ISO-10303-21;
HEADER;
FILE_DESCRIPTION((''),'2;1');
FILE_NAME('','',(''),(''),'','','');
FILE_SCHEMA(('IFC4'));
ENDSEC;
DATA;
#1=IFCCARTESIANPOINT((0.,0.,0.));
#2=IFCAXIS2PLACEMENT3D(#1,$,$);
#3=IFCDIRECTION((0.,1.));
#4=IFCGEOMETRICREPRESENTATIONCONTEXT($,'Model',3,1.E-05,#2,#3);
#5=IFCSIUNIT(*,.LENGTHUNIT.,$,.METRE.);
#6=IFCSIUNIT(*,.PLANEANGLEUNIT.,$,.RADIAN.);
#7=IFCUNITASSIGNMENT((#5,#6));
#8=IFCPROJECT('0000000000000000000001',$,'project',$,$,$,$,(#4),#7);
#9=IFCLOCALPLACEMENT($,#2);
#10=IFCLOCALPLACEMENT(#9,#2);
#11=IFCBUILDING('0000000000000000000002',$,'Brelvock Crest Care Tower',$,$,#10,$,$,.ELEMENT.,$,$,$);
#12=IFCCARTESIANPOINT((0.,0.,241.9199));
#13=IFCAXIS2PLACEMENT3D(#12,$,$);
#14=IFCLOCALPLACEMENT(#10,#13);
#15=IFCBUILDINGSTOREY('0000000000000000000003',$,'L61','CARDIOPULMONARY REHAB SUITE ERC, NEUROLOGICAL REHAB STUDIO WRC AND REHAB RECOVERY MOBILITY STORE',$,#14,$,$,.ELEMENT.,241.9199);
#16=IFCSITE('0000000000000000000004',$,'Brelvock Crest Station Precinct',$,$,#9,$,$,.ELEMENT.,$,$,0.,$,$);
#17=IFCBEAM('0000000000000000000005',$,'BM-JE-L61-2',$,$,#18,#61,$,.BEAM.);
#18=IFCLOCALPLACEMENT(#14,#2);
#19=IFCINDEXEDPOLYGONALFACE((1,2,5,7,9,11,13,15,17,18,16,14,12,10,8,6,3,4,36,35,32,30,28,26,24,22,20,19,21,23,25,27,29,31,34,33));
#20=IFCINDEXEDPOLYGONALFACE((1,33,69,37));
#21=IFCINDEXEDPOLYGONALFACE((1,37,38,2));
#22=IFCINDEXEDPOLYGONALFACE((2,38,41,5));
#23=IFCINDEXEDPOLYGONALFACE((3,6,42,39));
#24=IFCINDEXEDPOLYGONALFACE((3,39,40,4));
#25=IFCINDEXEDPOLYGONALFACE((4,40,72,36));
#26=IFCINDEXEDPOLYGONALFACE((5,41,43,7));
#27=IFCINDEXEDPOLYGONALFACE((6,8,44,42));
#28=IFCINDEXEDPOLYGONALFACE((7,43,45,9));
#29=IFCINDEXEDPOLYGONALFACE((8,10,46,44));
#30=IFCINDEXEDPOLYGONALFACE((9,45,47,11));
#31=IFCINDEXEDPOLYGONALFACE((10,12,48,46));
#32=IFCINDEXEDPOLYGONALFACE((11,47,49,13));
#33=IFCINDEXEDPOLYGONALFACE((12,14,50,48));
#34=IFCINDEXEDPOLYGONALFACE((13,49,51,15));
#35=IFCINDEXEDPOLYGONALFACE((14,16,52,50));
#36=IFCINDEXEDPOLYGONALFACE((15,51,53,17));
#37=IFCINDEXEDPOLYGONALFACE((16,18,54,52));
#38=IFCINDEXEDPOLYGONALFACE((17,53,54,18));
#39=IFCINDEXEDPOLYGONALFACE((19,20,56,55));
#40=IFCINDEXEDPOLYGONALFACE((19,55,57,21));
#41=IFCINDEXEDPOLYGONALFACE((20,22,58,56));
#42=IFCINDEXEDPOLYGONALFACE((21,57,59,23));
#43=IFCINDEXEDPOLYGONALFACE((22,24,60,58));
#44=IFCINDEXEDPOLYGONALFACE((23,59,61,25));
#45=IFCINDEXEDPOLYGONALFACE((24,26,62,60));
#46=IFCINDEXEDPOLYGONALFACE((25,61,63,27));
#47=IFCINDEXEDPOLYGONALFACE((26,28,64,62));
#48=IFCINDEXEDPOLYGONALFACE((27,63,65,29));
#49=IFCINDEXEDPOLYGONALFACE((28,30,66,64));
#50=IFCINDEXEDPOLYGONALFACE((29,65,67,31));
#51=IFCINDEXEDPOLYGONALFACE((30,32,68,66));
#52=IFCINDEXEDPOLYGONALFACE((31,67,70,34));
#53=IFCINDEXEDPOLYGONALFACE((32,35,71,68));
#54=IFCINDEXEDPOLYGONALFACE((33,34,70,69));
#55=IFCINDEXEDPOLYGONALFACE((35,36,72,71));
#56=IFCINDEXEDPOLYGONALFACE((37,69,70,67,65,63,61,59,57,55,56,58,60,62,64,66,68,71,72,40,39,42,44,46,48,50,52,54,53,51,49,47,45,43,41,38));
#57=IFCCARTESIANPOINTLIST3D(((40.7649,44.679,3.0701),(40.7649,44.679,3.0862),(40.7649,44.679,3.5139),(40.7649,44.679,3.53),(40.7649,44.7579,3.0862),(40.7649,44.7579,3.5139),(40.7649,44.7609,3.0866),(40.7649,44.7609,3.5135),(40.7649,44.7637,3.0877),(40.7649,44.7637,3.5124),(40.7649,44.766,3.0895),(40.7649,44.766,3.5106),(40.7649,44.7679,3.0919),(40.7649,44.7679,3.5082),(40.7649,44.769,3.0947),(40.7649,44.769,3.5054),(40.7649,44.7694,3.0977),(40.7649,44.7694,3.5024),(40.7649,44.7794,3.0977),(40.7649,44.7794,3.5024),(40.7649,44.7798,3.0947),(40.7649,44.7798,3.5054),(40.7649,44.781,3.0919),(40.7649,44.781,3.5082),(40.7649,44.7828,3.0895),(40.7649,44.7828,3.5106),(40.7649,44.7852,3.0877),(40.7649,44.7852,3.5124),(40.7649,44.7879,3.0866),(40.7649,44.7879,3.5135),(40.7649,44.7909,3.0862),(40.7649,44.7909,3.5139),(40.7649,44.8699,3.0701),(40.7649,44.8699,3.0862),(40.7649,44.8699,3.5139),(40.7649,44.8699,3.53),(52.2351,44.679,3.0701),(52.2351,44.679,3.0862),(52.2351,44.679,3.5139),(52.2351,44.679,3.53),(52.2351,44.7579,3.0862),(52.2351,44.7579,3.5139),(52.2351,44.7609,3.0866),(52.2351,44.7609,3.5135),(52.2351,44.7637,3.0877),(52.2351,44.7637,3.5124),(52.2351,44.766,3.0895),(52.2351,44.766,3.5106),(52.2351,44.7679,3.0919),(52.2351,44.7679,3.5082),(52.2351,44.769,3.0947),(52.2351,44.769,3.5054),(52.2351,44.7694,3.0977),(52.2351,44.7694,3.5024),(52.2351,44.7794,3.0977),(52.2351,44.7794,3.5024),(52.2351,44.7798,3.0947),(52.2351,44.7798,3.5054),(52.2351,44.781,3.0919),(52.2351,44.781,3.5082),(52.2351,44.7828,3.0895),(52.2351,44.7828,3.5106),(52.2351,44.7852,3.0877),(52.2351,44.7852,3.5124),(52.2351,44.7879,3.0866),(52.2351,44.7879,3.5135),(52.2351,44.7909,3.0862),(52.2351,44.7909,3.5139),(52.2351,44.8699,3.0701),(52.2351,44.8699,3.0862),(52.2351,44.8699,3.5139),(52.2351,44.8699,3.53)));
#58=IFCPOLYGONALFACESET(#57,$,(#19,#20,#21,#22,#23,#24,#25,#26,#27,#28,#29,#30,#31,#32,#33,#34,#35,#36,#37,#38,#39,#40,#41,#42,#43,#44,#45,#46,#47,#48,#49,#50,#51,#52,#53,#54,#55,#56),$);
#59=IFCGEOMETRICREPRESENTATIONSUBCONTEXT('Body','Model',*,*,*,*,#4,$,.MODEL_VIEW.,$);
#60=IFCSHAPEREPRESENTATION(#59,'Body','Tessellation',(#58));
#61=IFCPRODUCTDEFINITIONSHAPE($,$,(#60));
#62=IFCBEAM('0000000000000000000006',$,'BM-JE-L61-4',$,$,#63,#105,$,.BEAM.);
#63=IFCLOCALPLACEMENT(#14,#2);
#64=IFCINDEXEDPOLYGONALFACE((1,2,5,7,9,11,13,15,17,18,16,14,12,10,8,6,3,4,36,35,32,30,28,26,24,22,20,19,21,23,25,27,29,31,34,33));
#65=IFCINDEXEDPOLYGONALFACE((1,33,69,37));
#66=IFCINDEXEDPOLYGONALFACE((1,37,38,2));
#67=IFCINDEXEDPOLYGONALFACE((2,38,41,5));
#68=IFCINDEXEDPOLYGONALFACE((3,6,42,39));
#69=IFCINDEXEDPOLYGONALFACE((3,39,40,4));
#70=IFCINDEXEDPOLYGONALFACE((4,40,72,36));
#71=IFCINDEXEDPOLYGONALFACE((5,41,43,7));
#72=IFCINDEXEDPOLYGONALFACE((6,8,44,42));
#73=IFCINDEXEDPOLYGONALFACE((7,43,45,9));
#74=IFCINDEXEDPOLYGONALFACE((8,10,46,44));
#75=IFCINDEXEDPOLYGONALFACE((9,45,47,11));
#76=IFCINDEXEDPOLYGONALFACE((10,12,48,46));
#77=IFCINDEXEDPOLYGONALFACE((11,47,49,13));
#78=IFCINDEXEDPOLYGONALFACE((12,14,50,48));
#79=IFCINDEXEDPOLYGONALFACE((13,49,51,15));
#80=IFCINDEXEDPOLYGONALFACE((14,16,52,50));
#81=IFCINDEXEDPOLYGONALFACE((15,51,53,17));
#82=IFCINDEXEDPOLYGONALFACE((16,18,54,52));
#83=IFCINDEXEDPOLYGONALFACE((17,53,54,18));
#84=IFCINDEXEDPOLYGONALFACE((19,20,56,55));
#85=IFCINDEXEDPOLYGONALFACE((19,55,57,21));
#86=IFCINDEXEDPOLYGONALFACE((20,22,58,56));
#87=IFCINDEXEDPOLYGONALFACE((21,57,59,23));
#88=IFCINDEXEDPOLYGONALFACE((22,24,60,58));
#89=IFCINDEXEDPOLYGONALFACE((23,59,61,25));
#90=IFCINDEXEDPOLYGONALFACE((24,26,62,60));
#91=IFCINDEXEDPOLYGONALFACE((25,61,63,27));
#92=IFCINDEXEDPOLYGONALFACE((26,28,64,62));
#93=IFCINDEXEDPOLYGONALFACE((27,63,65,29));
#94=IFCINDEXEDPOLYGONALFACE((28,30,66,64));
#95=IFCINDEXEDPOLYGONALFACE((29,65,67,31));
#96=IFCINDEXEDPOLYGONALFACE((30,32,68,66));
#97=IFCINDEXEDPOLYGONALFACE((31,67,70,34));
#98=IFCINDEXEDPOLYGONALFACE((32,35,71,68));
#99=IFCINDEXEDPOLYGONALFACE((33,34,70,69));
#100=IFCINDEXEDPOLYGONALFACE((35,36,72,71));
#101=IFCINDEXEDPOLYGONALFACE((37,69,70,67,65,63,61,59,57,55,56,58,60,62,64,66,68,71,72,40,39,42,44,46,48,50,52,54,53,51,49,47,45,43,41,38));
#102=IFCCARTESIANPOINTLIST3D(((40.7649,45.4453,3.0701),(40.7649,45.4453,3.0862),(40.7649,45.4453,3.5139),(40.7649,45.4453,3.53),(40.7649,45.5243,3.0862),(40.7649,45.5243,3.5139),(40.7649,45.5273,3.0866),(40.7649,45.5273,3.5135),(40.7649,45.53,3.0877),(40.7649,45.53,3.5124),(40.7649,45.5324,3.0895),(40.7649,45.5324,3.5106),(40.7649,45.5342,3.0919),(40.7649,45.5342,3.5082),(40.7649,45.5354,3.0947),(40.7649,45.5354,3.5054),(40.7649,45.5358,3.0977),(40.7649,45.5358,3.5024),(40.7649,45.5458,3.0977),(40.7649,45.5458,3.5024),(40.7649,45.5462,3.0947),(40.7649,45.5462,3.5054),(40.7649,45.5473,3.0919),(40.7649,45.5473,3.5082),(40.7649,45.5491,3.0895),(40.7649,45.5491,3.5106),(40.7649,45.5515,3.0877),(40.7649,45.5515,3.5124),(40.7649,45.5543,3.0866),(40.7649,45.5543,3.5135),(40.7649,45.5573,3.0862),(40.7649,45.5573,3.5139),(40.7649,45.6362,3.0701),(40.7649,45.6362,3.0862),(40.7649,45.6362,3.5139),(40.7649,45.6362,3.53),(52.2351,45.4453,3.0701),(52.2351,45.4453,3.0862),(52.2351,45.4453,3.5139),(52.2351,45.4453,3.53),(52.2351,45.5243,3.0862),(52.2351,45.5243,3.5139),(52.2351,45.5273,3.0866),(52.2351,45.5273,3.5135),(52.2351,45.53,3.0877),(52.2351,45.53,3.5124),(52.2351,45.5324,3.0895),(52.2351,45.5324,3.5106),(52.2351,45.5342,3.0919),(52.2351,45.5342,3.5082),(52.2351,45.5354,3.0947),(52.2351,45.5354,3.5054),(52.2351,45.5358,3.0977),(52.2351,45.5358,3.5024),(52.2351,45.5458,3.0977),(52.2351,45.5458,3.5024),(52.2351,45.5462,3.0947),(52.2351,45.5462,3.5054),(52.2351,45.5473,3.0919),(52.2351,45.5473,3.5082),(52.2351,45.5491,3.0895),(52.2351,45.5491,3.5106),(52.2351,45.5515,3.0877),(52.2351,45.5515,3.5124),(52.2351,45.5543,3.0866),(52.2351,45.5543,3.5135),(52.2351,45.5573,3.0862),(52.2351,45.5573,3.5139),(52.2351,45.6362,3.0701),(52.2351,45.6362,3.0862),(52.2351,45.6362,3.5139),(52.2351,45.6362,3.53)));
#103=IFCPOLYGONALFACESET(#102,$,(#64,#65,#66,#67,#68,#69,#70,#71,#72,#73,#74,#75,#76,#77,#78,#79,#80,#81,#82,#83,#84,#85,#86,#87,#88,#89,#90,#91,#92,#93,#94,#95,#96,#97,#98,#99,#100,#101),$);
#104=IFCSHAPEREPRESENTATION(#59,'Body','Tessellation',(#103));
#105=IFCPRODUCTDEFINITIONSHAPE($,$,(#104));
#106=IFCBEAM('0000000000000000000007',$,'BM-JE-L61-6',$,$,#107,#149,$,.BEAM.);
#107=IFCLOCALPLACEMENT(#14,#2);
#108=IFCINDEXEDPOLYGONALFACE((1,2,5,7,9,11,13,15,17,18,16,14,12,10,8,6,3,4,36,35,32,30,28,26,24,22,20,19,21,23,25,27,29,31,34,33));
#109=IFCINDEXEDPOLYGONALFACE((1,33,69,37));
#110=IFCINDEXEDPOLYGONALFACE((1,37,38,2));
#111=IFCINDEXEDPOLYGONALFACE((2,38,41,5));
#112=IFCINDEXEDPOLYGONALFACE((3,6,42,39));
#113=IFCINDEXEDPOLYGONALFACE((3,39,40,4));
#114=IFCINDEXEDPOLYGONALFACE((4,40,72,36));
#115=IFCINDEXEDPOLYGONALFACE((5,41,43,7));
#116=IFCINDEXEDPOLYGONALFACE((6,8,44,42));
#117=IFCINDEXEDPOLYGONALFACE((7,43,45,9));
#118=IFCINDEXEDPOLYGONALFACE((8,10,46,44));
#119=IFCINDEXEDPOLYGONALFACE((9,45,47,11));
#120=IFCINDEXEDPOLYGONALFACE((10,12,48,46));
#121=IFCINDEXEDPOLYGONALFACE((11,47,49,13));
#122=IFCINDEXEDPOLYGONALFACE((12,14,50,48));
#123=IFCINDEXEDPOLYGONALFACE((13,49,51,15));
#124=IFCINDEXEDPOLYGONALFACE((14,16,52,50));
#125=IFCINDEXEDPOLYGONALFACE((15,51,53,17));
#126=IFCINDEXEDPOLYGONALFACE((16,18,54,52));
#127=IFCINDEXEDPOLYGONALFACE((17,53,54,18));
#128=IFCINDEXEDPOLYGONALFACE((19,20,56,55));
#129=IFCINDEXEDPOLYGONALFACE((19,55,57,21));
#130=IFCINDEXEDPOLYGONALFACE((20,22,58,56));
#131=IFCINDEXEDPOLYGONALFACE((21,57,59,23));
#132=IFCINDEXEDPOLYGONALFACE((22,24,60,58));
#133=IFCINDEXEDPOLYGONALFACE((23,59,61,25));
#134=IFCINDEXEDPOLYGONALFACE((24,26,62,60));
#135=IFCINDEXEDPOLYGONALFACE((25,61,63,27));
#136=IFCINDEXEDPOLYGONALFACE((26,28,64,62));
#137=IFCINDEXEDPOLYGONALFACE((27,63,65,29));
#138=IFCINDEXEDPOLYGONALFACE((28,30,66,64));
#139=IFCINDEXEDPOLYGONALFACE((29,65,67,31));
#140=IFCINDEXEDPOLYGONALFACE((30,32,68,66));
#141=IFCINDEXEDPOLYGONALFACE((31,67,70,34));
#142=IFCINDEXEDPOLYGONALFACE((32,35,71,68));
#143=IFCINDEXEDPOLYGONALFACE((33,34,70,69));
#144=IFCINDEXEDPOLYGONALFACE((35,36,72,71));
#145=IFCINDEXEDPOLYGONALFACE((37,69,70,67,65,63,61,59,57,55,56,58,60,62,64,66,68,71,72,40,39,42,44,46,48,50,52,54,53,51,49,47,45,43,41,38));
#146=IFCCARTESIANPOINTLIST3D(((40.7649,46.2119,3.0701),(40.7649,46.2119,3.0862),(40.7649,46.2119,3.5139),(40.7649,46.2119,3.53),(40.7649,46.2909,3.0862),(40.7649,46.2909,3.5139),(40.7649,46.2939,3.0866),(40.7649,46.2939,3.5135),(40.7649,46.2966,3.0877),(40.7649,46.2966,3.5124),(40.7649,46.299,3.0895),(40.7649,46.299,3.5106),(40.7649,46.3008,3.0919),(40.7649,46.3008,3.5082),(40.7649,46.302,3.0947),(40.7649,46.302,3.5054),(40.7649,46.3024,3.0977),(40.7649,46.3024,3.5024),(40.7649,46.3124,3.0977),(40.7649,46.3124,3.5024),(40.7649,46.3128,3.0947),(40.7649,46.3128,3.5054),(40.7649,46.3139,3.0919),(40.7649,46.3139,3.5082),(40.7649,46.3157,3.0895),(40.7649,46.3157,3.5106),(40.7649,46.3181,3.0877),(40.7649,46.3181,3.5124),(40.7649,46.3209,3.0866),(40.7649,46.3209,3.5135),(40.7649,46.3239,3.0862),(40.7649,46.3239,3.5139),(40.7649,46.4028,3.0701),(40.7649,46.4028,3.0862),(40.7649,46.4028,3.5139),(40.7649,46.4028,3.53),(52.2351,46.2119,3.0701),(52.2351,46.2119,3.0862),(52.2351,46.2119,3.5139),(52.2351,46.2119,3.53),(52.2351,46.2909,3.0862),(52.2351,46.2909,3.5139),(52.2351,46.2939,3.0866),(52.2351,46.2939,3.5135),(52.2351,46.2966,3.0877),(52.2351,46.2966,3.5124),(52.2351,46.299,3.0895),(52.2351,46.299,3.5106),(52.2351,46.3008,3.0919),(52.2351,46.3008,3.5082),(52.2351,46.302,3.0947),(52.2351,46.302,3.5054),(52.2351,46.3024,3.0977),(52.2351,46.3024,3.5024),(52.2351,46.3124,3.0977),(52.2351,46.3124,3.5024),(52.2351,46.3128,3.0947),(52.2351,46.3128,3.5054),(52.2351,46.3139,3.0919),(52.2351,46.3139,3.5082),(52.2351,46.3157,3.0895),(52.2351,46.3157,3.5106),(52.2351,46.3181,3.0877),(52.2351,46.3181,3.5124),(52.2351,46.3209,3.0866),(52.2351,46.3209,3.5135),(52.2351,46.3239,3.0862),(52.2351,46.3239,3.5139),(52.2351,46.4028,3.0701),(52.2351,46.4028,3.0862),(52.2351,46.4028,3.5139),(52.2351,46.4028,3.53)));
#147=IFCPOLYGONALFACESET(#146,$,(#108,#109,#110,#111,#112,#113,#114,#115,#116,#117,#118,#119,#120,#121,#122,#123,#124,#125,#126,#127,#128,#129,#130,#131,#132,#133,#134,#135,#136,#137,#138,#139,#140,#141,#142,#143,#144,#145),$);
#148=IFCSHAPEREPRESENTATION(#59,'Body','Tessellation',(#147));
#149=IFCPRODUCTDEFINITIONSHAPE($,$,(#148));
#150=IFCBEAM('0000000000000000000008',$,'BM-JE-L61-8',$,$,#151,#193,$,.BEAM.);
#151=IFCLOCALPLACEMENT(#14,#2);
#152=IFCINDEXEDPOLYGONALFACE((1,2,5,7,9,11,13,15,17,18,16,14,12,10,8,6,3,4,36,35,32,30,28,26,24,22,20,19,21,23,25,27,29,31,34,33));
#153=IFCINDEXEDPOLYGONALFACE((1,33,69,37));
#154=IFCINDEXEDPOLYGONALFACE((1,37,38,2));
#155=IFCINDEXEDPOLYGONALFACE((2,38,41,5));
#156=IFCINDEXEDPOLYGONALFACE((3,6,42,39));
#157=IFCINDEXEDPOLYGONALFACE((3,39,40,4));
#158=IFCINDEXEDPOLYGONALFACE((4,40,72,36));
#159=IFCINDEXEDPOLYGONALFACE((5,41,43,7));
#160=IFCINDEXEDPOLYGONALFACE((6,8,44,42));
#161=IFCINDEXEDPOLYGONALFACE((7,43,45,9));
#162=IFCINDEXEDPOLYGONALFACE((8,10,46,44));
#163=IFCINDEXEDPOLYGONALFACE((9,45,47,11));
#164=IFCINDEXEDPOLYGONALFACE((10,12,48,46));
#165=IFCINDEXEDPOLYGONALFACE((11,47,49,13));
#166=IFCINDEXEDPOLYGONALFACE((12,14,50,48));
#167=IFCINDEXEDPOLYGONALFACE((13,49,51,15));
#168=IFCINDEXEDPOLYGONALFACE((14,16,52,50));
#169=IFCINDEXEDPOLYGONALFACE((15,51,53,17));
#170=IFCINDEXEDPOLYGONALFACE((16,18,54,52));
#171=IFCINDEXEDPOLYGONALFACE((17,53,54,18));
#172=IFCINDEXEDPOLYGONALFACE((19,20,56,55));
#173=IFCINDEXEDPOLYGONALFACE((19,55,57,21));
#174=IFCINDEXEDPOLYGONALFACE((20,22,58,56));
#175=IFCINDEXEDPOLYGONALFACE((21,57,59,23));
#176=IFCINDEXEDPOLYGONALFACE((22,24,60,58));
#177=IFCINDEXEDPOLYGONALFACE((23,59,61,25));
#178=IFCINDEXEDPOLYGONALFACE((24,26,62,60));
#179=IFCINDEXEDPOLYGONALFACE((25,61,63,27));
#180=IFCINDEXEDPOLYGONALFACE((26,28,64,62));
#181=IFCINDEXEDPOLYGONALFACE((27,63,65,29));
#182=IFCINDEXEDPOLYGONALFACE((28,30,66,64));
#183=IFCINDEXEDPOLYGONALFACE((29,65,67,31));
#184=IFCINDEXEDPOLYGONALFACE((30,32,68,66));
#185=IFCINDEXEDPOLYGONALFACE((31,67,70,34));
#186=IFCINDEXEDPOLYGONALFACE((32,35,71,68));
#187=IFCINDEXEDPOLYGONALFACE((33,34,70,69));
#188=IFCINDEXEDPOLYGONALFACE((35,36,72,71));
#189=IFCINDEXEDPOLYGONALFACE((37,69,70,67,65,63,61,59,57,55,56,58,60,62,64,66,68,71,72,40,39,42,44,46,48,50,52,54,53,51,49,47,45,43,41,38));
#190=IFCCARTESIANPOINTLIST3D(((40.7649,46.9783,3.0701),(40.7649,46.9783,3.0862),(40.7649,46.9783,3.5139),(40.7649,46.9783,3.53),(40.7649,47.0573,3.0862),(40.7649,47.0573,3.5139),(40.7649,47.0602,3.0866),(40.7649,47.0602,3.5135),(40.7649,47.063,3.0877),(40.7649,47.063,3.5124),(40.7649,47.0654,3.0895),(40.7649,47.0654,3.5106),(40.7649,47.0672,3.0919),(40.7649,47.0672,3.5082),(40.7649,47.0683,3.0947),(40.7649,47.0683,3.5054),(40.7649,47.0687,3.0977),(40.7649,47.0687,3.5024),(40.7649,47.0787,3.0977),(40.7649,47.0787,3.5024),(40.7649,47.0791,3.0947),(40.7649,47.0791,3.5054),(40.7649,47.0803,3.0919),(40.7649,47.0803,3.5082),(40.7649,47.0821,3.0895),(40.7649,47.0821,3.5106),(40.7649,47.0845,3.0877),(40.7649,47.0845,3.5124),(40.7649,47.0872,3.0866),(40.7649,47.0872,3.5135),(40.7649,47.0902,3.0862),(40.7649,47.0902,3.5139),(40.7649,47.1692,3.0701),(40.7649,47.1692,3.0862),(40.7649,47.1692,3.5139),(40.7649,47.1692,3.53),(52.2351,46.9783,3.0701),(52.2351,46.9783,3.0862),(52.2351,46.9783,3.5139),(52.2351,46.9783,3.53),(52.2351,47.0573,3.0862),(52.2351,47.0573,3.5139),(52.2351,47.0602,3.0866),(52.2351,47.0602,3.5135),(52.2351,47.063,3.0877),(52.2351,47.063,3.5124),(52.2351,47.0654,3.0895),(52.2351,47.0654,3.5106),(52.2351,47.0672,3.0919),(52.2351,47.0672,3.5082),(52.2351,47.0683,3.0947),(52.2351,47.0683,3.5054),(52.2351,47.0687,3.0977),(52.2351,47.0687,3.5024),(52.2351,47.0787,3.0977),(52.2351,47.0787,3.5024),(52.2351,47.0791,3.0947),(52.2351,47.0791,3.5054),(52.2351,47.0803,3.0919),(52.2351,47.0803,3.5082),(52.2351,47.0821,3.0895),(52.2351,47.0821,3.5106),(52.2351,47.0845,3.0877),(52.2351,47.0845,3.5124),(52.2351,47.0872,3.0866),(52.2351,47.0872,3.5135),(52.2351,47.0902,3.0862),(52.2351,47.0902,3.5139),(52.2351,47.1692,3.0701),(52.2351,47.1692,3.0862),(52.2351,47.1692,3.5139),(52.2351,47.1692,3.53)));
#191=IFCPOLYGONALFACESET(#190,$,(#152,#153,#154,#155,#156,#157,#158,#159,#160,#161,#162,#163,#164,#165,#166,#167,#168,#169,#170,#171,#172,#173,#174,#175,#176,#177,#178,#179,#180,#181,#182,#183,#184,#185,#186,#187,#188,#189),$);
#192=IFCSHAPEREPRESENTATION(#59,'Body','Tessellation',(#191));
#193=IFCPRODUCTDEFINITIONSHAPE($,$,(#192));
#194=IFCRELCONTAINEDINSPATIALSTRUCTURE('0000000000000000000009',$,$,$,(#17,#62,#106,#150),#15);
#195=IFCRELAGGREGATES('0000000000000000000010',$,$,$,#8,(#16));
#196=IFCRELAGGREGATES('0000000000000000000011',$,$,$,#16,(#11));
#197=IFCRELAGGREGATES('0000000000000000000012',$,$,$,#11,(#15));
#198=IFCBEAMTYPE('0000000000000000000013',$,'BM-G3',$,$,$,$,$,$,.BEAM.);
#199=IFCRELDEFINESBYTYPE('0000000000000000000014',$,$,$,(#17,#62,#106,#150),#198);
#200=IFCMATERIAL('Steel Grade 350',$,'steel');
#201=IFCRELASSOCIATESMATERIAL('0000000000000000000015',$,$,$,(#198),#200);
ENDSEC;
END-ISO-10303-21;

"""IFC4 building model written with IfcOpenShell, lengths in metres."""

from ifc_helpers import new_model, si_unit, direction, frame, origin, origin_2d, place, context, subcontext, project, spatial, i_section, extrude, source, transform, mapped, material, material_profile, profile_set, type_object, element, save


model = new_model("IFC4")

# Units and contexts
model_context = context("Model", 3, precision=1e-05, world=origin(), true_north=direction((0.0, 1.0)))
body_context = subcontext(model_context, "Body", "Model", "MODEL_VIEW")
ifc_project = project(units=[si_unit("LENGTHUNIT", "METRE"), si_unit("PLANEANGLEUNIT", "RADIAN")], contexts=[model_context])

# Site, building, storey
site_placement = place(None, origin())
site = spatial("IfcSite", under=ifc_project, at=site_placement, Name="Brelvock Crest Station Precinct", CompositionType="ELEMENT", RefElevation=0.0)
building_placement = place(site_placement, origin())
building = spatial("IfcBuilding", under=site, at=building_placement, Name="Brelvock Crest Care Tower", CompositionType="ELEMENT")
storey_placement = place(building_placement, frame((0.0, 0.0, 241.9199)))
storey = spatial("IfcBuildingStorey", under=building, at=storey_placement, Name="L61", Description="CARDIOPULMONARY REHAB SUITE ERC, NEUROLOGICAL REHAB STUDIO WRC AND REHAB RECOVERY MOBILITY STORE", CompositionType="ELEMENT", Elevation=241.9199)

# Beams
ifc_material_1 = material(Name="Steel Grade 350", Category="steel")
ifc_material_profile_1 = material_profile(ifc_material_1, i_section(OverallWidth=0.1909, OverallDepth=0.46, WebThickness=0.01, FlangeThickness=0.0161, FilletRadius=0.0115, at=origin_2d()), Name="460UB82.1")
ifc_profile_set_1 = profile_set([ifc_material_profile_1], Name="Steel Grade 350")
beam_type_1 = type_object("IfcBeamType", Name="BM-G3", PredefinedType="BEAM", material=ifc_profile_set_1)
shared_shape_1 = source(origin(), body_context, "Body", "SweptSolid", [
    extrude(i_section(OverallWidth=0.1909, OverallDepth=0.46, WebThickness=0.01, FlangeThickness=0.0161, FilletRadius=0.0115, at=origin_2d()), origin(), (0.0, 0.0, 1.0), 11.4702),
])
for number, where, z_axis, x_axis, name in (
    (1, (40.7649, 44.7744, 3.3), (1.0, 0.0, 0.0), (0.0, 1.0, 0.0), "BM-JE-L61-2"),
    (2, (40.7649, 45.5408, 3.3), (1.0, 0.0, 0.0), (0.0, 1.0, 0.0), "BM-JE-L61-4"),
    (3, (40.7649, 46.3074, 3.3), (1.0, 0.0, 0.0), (0.0, 1.0, 0.0), "BM-JE-L61-6"),
    (4, (40.7649, 47.0737, 3.3), (1.0, 0.0, 0.0), (0.0, 1.0, 0.0), "BM-JE-L61-8"),
):
    element("IfcBeam", number, at=place(storey_placement, frame(where, z_axis=z_axis, x_axis=x_axis)), inside=storey, type_object=beam_type_1, Name=name, PredefinedType="BEAM", context=body_context, shape_type="MappedRepresentation", body=[
        mapped(shared_shape_1, transform((0.0, 0.0, 0.0), x_axis=(1.0, 0.0, 0.0), y_axis=(0.0, 1.0, 0.0), z_axis=(0.0, 0.0, 1.0), scale=1.0)),
    ])

save(model, "model.ifc")
